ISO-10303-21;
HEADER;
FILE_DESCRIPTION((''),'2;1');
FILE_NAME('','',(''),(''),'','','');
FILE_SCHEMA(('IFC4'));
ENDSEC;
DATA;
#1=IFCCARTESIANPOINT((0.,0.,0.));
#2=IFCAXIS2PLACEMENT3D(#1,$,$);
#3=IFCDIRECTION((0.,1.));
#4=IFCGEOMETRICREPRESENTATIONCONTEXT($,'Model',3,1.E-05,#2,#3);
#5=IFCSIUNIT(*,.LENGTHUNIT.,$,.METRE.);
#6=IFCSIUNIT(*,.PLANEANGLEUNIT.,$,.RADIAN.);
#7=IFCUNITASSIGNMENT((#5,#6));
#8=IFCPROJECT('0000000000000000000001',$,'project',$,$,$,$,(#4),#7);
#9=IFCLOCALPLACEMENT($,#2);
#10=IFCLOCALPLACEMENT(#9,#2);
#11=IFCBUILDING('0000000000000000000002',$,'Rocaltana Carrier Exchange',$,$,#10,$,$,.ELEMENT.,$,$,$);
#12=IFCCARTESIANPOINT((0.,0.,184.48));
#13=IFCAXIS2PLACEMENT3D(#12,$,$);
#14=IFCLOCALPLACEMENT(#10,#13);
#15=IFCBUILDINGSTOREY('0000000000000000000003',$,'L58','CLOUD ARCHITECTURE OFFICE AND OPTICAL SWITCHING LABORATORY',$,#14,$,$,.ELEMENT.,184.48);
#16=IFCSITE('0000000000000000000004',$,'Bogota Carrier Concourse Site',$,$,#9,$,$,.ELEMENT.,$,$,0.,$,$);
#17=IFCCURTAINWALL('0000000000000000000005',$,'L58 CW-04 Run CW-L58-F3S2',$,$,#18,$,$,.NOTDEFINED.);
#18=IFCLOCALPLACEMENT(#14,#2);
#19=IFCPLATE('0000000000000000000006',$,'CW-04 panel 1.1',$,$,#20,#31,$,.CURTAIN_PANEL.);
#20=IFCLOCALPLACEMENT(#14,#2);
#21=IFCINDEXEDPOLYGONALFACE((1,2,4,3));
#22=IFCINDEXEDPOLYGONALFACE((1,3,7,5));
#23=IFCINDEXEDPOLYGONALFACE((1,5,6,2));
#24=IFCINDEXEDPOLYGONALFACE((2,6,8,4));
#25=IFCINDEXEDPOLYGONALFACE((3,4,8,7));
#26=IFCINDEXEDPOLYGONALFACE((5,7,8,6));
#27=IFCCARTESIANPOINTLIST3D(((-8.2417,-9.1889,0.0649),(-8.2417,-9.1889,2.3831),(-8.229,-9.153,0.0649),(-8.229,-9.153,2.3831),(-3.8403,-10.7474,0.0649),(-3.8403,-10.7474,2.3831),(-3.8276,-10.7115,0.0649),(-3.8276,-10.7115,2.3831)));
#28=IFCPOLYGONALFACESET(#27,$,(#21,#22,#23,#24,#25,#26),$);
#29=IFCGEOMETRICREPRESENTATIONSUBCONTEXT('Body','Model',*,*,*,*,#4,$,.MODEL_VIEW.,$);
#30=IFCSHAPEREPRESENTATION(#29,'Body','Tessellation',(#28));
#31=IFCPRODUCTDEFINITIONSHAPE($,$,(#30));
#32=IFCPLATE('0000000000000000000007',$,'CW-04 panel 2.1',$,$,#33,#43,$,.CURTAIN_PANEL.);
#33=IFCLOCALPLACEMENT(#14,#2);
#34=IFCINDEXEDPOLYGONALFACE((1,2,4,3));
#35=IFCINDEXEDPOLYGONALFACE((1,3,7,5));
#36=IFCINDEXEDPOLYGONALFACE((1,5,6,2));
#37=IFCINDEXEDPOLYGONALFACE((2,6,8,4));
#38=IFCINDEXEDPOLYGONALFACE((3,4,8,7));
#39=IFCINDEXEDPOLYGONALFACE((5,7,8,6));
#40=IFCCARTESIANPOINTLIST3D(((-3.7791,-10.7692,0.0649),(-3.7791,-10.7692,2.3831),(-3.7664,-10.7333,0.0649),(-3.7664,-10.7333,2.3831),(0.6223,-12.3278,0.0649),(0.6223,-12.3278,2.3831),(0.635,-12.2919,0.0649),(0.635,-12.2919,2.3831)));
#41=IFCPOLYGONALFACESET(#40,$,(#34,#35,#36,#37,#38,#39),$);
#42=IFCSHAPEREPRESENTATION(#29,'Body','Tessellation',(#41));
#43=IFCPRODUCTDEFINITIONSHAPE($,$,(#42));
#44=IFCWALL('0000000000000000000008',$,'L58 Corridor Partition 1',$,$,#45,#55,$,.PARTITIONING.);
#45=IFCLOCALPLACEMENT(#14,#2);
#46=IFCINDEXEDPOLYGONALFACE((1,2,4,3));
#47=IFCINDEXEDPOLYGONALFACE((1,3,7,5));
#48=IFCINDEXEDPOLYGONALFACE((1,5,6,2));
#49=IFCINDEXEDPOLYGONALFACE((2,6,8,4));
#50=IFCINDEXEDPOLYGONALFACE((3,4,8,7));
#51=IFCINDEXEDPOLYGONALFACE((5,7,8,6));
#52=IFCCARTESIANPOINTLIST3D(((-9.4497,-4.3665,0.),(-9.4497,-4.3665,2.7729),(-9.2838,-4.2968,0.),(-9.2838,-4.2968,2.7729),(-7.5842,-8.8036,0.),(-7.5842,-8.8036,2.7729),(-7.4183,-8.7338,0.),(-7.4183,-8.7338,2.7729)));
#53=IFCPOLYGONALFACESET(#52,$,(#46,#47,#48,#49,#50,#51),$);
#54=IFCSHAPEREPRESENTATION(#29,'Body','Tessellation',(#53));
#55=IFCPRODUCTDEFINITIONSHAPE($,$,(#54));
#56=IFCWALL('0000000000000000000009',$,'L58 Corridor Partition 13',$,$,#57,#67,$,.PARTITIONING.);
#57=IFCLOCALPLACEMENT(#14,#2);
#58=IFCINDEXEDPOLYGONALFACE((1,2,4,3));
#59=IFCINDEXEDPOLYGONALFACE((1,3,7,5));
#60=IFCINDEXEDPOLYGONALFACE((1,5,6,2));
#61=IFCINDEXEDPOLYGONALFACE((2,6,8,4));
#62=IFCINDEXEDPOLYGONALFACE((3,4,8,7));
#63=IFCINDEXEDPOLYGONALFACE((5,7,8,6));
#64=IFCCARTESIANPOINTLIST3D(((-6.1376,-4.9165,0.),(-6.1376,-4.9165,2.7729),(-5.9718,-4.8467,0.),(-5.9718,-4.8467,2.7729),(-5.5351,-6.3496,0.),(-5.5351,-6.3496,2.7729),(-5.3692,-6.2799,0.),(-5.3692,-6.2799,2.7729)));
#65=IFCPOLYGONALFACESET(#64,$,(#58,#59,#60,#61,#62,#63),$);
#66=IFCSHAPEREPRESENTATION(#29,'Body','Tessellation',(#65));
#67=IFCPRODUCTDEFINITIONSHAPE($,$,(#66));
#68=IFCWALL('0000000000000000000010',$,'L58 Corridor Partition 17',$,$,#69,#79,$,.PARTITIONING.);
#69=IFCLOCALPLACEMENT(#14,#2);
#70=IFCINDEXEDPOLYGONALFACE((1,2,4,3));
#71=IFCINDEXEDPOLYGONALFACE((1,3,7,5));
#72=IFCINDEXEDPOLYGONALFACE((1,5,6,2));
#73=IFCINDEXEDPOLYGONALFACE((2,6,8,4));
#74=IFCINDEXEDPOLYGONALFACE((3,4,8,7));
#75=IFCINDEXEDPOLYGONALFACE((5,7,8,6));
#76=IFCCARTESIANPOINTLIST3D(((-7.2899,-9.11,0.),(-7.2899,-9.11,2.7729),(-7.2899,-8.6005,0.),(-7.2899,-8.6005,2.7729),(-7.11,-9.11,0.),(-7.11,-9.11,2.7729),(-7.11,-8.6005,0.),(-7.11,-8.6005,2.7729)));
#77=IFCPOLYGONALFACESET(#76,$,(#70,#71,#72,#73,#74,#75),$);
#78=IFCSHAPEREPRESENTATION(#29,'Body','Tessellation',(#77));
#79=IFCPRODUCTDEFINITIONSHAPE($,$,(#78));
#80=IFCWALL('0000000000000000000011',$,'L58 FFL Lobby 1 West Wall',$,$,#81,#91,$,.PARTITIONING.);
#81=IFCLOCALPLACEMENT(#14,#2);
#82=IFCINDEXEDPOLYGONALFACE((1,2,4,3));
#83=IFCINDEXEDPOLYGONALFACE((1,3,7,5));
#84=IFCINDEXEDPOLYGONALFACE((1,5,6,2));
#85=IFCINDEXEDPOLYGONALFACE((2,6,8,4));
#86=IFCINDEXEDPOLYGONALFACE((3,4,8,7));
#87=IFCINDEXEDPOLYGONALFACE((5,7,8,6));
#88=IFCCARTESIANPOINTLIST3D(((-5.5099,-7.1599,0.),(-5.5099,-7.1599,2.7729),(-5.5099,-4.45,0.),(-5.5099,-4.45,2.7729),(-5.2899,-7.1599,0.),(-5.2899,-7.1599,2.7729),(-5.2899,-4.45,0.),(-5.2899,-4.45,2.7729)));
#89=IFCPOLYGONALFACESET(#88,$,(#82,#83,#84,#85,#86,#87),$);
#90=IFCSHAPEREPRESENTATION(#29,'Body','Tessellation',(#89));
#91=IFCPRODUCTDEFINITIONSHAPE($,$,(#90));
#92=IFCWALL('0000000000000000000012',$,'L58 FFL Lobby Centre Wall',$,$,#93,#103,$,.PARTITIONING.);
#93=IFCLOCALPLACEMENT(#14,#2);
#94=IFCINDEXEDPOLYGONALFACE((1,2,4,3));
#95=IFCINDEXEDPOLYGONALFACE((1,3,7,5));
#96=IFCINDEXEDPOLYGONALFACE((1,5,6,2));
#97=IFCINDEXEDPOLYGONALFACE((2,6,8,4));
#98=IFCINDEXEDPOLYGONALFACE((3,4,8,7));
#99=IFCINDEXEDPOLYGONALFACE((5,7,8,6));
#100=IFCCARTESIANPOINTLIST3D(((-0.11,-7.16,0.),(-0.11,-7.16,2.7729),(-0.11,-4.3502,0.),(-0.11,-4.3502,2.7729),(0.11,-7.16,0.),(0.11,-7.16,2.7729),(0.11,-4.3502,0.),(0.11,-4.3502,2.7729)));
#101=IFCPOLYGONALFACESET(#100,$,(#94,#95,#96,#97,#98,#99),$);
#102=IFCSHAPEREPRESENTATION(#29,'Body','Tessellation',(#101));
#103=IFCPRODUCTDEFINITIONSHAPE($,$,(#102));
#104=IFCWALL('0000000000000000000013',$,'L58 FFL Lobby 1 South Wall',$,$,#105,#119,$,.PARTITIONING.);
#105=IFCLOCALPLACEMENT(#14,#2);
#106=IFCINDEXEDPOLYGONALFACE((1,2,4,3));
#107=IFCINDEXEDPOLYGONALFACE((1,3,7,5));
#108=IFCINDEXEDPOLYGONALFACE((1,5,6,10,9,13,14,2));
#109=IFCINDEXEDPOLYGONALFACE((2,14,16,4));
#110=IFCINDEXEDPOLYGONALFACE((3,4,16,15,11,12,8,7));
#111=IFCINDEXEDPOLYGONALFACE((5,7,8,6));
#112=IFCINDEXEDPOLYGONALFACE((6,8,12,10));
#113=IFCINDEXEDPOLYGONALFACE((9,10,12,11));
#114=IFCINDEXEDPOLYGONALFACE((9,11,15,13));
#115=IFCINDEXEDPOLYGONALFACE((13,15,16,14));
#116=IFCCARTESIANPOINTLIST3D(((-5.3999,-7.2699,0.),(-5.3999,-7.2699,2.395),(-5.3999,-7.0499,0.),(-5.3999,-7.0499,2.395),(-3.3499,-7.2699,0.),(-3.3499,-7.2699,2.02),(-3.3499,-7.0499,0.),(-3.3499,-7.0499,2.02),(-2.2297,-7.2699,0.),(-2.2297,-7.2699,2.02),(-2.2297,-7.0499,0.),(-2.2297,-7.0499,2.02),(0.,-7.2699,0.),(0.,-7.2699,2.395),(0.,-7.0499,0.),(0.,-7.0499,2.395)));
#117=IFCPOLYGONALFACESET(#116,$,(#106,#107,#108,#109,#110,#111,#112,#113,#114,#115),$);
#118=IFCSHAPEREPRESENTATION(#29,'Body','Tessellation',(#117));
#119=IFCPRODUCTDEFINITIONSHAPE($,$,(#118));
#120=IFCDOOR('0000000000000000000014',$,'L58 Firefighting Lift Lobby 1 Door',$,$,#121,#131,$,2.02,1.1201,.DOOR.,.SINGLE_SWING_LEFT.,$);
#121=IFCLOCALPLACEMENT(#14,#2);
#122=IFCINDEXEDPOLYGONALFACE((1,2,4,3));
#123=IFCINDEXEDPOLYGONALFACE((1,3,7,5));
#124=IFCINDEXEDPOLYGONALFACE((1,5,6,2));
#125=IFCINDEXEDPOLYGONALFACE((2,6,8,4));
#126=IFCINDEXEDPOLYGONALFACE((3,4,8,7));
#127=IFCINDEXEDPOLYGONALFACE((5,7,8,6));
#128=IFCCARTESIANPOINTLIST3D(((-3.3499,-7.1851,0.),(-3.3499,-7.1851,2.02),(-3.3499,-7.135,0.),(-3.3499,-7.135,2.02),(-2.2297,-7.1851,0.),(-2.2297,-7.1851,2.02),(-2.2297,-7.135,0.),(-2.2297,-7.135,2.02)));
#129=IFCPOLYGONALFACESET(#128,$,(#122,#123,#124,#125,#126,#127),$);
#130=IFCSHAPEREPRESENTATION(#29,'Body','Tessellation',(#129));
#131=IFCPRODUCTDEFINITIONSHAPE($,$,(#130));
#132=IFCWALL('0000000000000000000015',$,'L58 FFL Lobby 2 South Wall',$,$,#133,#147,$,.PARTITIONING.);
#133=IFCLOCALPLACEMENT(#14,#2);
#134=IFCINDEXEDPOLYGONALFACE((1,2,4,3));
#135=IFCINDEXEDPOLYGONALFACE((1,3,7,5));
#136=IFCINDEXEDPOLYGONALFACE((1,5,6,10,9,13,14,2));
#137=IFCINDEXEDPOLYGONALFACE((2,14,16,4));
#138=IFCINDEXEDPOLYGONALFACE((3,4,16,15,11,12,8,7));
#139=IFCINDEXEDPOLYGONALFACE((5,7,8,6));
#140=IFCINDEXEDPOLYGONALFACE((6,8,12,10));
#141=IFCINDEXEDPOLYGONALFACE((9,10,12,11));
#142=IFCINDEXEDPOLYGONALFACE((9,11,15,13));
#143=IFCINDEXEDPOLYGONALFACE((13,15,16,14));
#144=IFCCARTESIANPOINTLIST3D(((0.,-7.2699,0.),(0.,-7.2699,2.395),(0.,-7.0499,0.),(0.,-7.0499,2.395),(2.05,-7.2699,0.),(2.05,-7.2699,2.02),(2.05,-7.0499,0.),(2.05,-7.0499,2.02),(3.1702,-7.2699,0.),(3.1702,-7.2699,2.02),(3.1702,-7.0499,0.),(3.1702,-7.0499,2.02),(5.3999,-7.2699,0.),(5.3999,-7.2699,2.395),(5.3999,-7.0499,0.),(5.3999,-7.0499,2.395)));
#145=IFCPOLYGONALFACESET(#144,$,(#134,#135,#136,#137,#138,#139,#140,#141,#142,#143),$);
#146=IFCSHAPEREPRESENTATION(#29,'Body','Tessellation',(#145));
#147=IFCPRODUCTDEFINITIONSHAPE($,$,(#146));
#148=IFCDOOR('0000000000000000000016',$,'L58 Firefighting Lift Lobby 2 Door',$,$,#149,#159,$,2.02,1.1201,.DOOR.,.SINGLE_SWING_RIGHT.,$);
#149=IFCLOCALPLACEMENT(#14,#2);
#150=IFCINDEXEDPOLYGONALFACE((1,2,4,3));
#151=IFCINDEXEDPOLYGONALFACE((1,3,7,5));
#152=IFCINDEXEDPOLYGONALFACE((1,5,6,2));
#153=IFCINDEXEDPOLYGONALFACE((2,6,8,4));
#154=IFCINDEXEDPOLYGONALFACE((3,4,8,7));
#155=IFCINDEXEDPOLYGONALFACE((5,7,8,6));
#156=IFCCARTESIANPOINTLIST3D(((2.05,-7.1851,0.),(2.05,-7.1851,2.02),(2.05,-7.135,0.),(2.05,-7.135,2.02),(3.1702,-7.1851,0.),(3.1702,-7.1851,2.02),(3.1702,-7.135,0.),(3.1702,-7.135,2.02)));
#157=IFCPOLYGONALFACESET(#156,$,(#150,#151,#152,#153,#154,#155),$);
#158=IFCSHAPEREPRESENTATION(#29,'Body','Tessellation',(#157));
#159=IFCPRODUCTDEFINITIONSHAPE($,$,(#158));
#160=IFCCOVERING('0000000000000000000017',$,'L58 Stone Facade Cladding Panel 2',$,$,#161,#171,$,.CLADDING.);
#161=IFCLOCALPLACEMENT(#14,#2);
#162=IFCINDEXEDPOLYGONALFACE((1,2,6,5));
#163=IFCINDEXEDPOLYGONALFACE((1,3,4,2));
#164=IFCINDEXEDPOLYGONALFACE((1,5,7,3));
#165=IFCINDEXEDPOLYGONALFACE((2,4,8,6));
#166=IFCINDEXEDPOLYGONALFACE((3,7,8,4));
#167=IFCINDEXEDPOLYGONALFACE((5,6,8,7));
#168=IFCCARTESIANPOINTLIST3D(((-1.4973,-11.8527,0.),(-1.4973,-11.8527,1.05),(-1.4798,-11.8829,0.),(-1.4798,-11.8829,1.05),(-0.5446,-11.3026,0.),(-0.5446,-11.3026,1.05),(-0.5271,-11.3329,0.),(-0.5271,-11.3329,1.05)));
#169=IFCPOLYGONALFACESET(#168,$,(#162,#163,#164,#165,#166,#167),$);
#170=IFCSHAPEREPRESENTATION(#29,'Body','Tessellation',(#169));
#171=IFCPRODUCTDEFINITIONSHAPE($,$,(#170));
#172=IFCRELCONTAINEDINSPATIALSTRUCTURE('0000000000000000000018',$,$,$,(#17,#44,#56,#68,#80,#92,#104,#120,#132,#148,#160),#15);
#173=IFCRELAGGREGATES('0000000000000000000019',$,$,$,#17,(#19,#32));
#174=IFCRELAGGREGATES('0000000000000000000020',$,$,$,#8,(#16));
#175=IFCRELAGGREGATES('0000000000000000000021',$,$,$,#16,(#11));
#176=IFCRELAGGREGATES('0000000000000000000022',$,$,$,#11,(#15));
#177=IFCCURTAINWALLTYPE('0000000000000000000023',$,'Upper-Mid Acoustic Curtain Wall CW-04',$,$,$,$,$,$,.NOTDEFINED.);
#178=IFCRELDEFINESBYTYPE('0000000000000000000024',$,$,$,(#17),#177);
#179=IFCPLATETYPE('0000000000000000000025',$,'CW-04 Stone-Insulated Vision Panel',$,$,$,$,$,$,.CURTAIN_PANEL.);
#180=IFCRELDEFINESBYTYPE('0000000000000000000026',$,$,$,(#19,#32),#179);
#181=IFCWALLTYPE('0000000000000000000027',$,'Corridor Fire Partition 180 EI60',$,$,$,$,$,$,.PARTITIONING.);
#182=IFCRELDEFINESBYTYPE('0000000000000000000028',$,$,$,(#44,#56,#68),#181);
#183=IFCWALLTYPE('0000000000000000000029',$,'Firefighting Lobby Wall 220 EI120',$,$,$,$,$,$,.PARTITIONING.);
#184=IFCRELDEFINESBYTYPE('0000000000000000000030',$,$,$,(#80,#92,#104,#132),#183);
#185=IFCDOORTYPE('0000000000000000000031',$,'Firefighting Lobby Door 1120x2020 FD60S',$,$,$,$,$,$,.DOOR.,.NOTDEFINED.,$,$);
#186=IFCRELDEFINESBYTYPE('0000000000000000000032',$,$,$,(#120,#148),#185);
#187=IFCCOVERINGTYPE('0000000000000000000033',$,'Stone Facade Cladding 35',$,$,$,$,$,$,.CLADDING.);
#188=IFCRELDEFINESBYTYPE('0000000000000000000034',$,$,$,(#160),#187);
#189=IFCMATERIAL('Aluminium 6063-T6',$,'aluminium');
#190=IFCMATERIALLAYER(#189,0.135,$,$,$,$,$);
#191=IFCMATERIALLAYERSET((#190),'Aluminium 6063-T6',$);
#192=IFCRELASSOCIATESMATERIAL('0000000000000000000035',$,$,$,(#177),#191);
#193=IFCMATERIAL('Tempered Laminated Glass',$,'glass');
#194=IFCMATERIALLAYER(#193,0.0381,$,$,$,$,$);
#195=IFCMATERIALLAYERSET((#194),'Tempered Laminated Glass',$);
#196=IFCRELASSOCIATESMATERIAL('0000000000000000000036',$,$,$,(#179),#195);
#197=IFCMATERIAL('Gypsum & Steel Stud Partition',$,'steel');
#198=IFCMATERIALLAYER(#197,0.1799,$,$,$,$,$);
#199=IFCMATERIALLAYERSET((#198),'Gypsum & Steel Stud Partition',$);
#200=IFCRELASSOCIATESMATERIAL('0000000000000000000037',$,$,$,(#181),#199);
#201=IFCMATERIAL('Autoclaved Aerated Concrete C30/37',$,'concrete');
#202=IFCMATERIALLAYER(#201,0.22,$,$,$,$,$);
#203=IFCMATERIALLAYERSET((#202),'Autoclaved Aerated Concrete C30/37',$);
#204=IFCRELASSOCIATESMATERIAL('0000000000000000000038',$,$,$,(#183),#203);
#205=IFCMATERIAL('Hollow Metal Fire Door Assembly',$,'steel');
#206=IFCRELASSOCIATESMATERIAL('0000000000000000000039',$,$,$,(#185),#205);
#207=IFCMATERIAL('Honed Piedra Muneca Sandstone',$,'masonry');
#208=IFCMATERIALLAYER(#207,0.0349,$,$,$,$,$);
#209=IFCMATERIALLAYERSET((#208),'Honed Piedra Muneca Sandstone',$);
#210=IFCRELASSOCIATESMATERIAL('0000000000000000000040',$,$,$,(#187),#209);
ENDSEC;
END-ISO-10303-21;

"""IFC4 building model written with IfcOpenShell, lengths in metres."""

from ifc_helpers import new_model, si_unit, direction, frame, frame_2d, origin, origin_2d, place, context, subcontext, project, spatial, rectangle, extrude, material, layer, layer_set, type_object, element, fill, aggregate, save


model = new_model("IFC4")

# Units and contexts
model_context = context("Model", 3, precision=1e-05, world=origin(), true_north=direction((0.0, 1.0)))
body_context = subcontext(model_context, "Body", "Model", "MODEL_VIEW")
ifc_project = project(units=[si_unit("LENGTHUNIT", "METRE"), si_unit("PLANEANGLEUNIT", "RADIAN")], contexts=[model_context])

# Site, building, storey
site_placement = place(None, origin())
site = spatial("IfcSite", under=ifc_project, at=site_placement, Name="Bogota Carrier Concourse Site", CompositionType="ELEMENT", RefElevation=0.0)
building_placement = place(site_placement, origin())
building = spatial("IfcBuilding", under=site, at=building_placement, Name="Rocaltana Carrier Exchange", CompositionType="ELEMENT")
storey_placement = place(building_placement, frame((0.0, 0.0, 184.48)))
storey = spatial("IfcBuildingStorey", under=building, at=storey_placement, Name="L58", Description="CLOUD ARCHITECTURE OFFICE AND OPTICAL SWITCHING LABORATORY", CompositionType="ELEMENT", Elevation=184.48)

# Curtain wall
ifc_material_1 = material(Name="Aluminium 6063-T6", Category="aluminium")
ifc_layer_1 = layer(ifc_material_1, 0.135)
ifc_layer_set_1 = layer_set([ifc_layer_1], Name="Aluminium 6063-T6")
curtain_wall_type = type_object("IfcCurtainWallType", Name="Upper-Mid Acoustic Curtain Wall CW-04", PredefinedType="NOTDEFINED", material=ifc_layer_set_1)
curtain_wall_placement = place(storey_placement, origin())
curtain_wall = element("IfcCurtainWall", 1, at=curtain_wall_placement, inside=storey, type_object=curtain_wall_type, Name="L58 CW-04 Run CW-L58-F3S2", PredefinedType="NOTDEFINED")

# Plates
ifc_material_2 = material(Name="Tempered Laminated Glass", Category="glass")
ifc_layer_2 = layer(ifc_material_2, 0.0381)
ifc_layer_set_2 = layer_set([ifc_layer_2], Name="Tempered Laminated Glass")
plate_type = type_object("IfcPlateType", Name="CW-04 Stone-Insulated Vision Panel", PredefinedType="CURTAIN_PANEL", material=ifc_layer_set_2)
plate_1_placement = place(storey_placement, frame((-6.0347, -9.9502, 0.0649), z_axis=(0.0, 0.0, 1.0), x_axis=(0.942644, -0.333799, 0.0)))
plate_1 = element("IfcPlate", 2, at=plate_1_placement, type_object=plate_type, Name="CW-04 panel 1.1", PredefinedType="CURTAIN_PANEL", context=body_context, shape_type="SweptSolid", body=[
    extrude(rectangle(XDim=4.6692, YDim=0.0381, at=origin_2d()), origin(), (0.0, 0.0, 1.0), 2.3181),
])
plate_2_placement = place(storey_placement, frame((-1.572, -11.5305, 0.0649), z_axis=(0.0, 0.0, 1.0), x_axis=(0.942644, -0.333799, 0.0)))
plate_2 = element("IfcPlate", 3, at=plate_2_placement, type_object=plate_type, Name="CW-04 panel 2.1", PredefinedType="CURTAIN_PANEL", context=body_context, shape_type="SweptSolid", body=[
    extrude(rectangle(XDim=4.6692, YDim=0.0381, at=origin_2d()), origin(), (0.0, 0.0, 1.0), 2.3181),
])
aggregate(curtain_wall, [plate_1, plate_2])

# Walls
ifc_material_3 = material(Name="Gypsum & Steel Stud Partition", Category="steel")
ifc_layer_3 = layer(ifc_material_3, 0.1799)
ifc_layer_set_3 = layer_set([ifc_layer_3], Name="Gypsum & Steel Stud Partition")
wall_type_1 = type_object("IfcWallType", Name="Corridor Fire Partition 180 EI60", PredefinedType="PARTITIONING", material=ifc_layer_set_3)
wall_1_placement = place(storey_placement, frame((-7.5012, -8.7688, 0.0), z_axis=(0.0, 0.0, 1.0), x_axis=(-0.387574, 0.921839, 0.0)))
element("IfcWall", 4, at=wall_1_placement, inside=storey, type_object=wall_type_1, Name="L58 Corridor Partition 1", PredefinedType="PARTITIONING", context=body_context, shape_type="SweptSolid", body=[
    extrude(rectangle(XDim=4.8132, YDim=0.1799, at=frame_2d((2.4067, 0.0))), origin(), (0.0, 0.0, 1.0), 2.7729),
])
wall_2_placement = place(storey_placement, frame((-6.0547, -4.8816, 0.0), z_axis=(0.0, 0.0, 1.0), x_axis=(0.38758, -0.921836, 0.0)))
element("IfcWall", 5, at=wall_2_placement, inside=storey, type_object=wall_type_1, Name="L58 Corridor Partition 13", PredefinedType="PARTITIONING", context=body_context, shape_type="SweptSolid", body=[
    extrude(rectangle(XDim=1.5547, YDim=0.1799, at=frame_2d((0.7773, 0.0))), origin(), (0.0, 0.0, 1.0), 2.7729),
])
wall_3_placement = place(storey_placement, frame((-7.2, -9.1101, 0.0), z_axis=(0.0, 0.0, 1.0), x_axis=(0.0, 1.0, 0.0)))
element("IfcWall", 6, at=wall_3_placement, inside=storey, type_object=wall_type_1, Name="L58 Corridor Partition 17", PredefinedType="PARTITIONING", context=body_context, shape_type="SweptSolid", body=[
    extrude(rectangle(XDim=0.5095, YDim=0.1799, at=frame_2d((0.2549, 0.0))), origin(), (0.0, 0.0, 1.0), 2.7729),
])
ifc_material_4 = material(Name="Autoclaved Aerated Concrete C30/37", Category="concrete")
ifc_layer_4 = layer(ifc_material_4, 0.22)
ifc_layer_set_4 = layer_set([ifc_layer_4], Name="Autoclaved Aerated Concrete C30/37")
wall_type_2 = type_object("IfcWallType", Name="Firefighting Lobby Wall 220 EI120", PredefinedType="PARTITIONING", material=ifc_layer_set_4)
wall_4_placement = place(storey_placement, frame((-5.3999, -7.1599, 0.0), z_axis=(0.0, 0.0, 1.0), x_axis=(0.0, 1.0, 0.0)))
element("IfcWall", 7, at=wall_4_placement, inside=storey, type_object=wall_type_2, Name="L58 FFL Lobby 1 West Wall", PredefinedType="PARTITIONING", context=body_context, shape_type="SweptSolid", body=[
    extrude(rectangle(XDim=2.71, YDim=0.22, at=frame_2d((1.355, 0.0))), origin(), (0.0, 0.0, 1.0), 2.7729),
])
wall_5_placement = place(storey_placement, frame((0.0, -7.1599, 0.0), z_axis=(0.0, 0.0, 1.0), x_axis=(0.0, 1.0, 0.0)))
element("IfcWall", 8, at=wall_5_placement, inside=storey, type_object=wall_type_2, Name="L58 FFL Lobby Centre Wall", PredefinedType="PARTITIONING", context=body_context, shape_type="SweptSolid", body=[
    extrude(rectangle(XDim=2.8098, YDim=0.22, at=frame_2d((1.4048, 0.0))), origin(), (0.0, 0.0, 1.0), 2.7729),
])

# Walls, openings, doors
wall_6_placement = place(storey_placement, frame((-5.3999, -7.1599, 0.0), z_axis=(0.0, 0.0, 1.0), x_axis=(1.0, 0.0, 0.0)))
wall_6 = element("IfcWall", 9, at=wall_6_placement, inside=storey, type_object=wall_type_2, Name="L58 FFL Lobby 1 South Wall", PredefinedType="PARTITIONING", context=body_context, shape_type="SweptSolid", body=[
    extrude(rectangle(XDim=5.3999, YDim=0.22, at=frame_2d((2.7, 0.0))), origin(), (0.0, 0.0, 1.0), 2.395),
])
opening_1_placement = place(wall_6_placement, frame((2.05, 0.0, 0.0)))
opening_1 = element("IfcOpeningElement", 10, at=opening_1_placement, cuts=wall_6, PredefinedType="OPENING", context=body_context, shape_type="SweptSolid", body=[
    extrude(rectangle(XDim=1.1201, YDim=2.02, at=frame_2d((0.5601, 1.01))), frame((0.0, 0.1199, 0.0), z_axis=(0.0, -1.0, 0.0), x_axis=(1.0, 0.0, 0.0)), (0.0, 0.0, 1.0), 0.24),
])
ifc_material_5 = material(Name="Hollow Metal Fire Door Assembly", Category="steel")
door_type = type_object("IfcDoorType", Name="Firefighting Lobby Door 1120x2020 FD60S", OperationType="NOTDEFINED", PredefinedType="DOOR", material=ifc_material_5)
door_1_placement = place(opening_1_placement, origin())
door_1 = element("IfcDoor", 11, at=door_1_placement, inside=storey, type_object=door_type, Name="L58 Firefighting Lift Lobby 1 Door", OperationType="SINGLE_SWING_LEFT", OverallHeight=2.02, OverallWidth=1.1201, PredefinedType="DOOR", context=body_context, shape_type="SweptSolid", body=[
    extrude(rectangle(XDim=1.1201, YDim=2.02, at=frame_2d((0.5601, 1.01))), frame((0.0, 0.0249, 0.0), z_axis=(0.0, -1.0, 0.0), x_axis=(1.0, 0.0, 0.0)), (0.0, 0.0, 1.0), 0.05),
])
fill(opening_1, door_1)
wall_7_placement = place(storey_placement, frame((0.0, -7.1599, 0.0), z_axis=(0.0, 0.0, 1.0), x_axis=(1.0, 0.0, 0.0)))
wall_7 = element("IfcWall", 12, at=wall_7_placement, inside=storey, type_object=wall_type_2, Name="L58 FFL Lobby 2 South Wall", PredefinedType="PARTITIONING", context=body_context, shape_type="SweptSolid", body=[
    extrude(rectangle(XDim=5.3999, YDim=0.22, at=frame_2d((2.7, 0.0))), origin(), (0.0, 0.0, 1.0), 2.395),
])
opening_2_placement = place(wall_7_placement, frame((2.05, 0.0, 0.0)))
opening_2 = element("IfcOpeningElement", 13, at=opening_2_placement, cuts=wall_7, PredefinedType="OPENING", context=body_context, shape_type="SweptSolid", body=[
    extrude(rectangle(XDim=1.1201, YDim=2.02, at=frame_2d((0.5601, 1.01))), frame((0.0, 0.1199, 0.0), z_axis=(0.0, -1.0, 0.0), x_axis=(1.0, 0.0, 0.0)), (0.0, 0.0, 1.0), 0.24),
])
door_2_placement = place(opening_2_placement, origin())
door_2 = element("IfcDoor", 14, at=door_2_placement, inside=storey, type_object=door_type, Name="L58 Firefighting Lift Lobby 2 Door", OperationType="SINGLE_SWING_RIGHT", OverallHeight=2.02, OverallWidth=1.1201, PredefinedType="DOOR", context=body_context, shape_type="SweptSolid", body=[
    extrude(rectangle(XDim=1.1201, YDim=2.02, at=frame_2d((0.5601, 1.01))), frame((0.0, 0.0249, 0.0), z_axis=(0.0, -1.0, 0.0), x_axis=(1.0, 0.0, 0.0)), (0.0, 0.0, 1.0), 0.05),
])
fill(opening_2, door_2)

# Covering
ifc_material_6 = material(Name="Honed Piedra Muneca Sandstone", Category="masonry")
ifc_layer_5 = layer(ifc_material_6, 0.0349)
ifc_layer_set_5 = layer_set([ifc_layer_5], Name="Honed Piedra Muneca Sandstone")
covering_type = type_object("IfcCoveringType", Name="Stone Facade Cladding 35", PredefinedType="CLADDING", material=ifc_layer_set_5)
covering_placement = place(storey_placement, frame((-1.0122, -11.5928, 0.0), z_axis=(0.0, 0.0, 1.0), x_axis=(0.866025, 0.5, 0.0)))
element("IfcCovering", 15, at=covering_placement, inside=storey, type_object=covering_type, Name="L58 Stone Facade Cladding Panel 2", PredefinedType="CLADDING", context=body_context, shape_type="SweptSolid", body=[
    extrude(rectangle(XDim=1.1001, YDim=0.0349, at=origin_2d()), origin(), (0.0, 0.0, 1.0), 1.05),
])

save(model, "model.ifc")
